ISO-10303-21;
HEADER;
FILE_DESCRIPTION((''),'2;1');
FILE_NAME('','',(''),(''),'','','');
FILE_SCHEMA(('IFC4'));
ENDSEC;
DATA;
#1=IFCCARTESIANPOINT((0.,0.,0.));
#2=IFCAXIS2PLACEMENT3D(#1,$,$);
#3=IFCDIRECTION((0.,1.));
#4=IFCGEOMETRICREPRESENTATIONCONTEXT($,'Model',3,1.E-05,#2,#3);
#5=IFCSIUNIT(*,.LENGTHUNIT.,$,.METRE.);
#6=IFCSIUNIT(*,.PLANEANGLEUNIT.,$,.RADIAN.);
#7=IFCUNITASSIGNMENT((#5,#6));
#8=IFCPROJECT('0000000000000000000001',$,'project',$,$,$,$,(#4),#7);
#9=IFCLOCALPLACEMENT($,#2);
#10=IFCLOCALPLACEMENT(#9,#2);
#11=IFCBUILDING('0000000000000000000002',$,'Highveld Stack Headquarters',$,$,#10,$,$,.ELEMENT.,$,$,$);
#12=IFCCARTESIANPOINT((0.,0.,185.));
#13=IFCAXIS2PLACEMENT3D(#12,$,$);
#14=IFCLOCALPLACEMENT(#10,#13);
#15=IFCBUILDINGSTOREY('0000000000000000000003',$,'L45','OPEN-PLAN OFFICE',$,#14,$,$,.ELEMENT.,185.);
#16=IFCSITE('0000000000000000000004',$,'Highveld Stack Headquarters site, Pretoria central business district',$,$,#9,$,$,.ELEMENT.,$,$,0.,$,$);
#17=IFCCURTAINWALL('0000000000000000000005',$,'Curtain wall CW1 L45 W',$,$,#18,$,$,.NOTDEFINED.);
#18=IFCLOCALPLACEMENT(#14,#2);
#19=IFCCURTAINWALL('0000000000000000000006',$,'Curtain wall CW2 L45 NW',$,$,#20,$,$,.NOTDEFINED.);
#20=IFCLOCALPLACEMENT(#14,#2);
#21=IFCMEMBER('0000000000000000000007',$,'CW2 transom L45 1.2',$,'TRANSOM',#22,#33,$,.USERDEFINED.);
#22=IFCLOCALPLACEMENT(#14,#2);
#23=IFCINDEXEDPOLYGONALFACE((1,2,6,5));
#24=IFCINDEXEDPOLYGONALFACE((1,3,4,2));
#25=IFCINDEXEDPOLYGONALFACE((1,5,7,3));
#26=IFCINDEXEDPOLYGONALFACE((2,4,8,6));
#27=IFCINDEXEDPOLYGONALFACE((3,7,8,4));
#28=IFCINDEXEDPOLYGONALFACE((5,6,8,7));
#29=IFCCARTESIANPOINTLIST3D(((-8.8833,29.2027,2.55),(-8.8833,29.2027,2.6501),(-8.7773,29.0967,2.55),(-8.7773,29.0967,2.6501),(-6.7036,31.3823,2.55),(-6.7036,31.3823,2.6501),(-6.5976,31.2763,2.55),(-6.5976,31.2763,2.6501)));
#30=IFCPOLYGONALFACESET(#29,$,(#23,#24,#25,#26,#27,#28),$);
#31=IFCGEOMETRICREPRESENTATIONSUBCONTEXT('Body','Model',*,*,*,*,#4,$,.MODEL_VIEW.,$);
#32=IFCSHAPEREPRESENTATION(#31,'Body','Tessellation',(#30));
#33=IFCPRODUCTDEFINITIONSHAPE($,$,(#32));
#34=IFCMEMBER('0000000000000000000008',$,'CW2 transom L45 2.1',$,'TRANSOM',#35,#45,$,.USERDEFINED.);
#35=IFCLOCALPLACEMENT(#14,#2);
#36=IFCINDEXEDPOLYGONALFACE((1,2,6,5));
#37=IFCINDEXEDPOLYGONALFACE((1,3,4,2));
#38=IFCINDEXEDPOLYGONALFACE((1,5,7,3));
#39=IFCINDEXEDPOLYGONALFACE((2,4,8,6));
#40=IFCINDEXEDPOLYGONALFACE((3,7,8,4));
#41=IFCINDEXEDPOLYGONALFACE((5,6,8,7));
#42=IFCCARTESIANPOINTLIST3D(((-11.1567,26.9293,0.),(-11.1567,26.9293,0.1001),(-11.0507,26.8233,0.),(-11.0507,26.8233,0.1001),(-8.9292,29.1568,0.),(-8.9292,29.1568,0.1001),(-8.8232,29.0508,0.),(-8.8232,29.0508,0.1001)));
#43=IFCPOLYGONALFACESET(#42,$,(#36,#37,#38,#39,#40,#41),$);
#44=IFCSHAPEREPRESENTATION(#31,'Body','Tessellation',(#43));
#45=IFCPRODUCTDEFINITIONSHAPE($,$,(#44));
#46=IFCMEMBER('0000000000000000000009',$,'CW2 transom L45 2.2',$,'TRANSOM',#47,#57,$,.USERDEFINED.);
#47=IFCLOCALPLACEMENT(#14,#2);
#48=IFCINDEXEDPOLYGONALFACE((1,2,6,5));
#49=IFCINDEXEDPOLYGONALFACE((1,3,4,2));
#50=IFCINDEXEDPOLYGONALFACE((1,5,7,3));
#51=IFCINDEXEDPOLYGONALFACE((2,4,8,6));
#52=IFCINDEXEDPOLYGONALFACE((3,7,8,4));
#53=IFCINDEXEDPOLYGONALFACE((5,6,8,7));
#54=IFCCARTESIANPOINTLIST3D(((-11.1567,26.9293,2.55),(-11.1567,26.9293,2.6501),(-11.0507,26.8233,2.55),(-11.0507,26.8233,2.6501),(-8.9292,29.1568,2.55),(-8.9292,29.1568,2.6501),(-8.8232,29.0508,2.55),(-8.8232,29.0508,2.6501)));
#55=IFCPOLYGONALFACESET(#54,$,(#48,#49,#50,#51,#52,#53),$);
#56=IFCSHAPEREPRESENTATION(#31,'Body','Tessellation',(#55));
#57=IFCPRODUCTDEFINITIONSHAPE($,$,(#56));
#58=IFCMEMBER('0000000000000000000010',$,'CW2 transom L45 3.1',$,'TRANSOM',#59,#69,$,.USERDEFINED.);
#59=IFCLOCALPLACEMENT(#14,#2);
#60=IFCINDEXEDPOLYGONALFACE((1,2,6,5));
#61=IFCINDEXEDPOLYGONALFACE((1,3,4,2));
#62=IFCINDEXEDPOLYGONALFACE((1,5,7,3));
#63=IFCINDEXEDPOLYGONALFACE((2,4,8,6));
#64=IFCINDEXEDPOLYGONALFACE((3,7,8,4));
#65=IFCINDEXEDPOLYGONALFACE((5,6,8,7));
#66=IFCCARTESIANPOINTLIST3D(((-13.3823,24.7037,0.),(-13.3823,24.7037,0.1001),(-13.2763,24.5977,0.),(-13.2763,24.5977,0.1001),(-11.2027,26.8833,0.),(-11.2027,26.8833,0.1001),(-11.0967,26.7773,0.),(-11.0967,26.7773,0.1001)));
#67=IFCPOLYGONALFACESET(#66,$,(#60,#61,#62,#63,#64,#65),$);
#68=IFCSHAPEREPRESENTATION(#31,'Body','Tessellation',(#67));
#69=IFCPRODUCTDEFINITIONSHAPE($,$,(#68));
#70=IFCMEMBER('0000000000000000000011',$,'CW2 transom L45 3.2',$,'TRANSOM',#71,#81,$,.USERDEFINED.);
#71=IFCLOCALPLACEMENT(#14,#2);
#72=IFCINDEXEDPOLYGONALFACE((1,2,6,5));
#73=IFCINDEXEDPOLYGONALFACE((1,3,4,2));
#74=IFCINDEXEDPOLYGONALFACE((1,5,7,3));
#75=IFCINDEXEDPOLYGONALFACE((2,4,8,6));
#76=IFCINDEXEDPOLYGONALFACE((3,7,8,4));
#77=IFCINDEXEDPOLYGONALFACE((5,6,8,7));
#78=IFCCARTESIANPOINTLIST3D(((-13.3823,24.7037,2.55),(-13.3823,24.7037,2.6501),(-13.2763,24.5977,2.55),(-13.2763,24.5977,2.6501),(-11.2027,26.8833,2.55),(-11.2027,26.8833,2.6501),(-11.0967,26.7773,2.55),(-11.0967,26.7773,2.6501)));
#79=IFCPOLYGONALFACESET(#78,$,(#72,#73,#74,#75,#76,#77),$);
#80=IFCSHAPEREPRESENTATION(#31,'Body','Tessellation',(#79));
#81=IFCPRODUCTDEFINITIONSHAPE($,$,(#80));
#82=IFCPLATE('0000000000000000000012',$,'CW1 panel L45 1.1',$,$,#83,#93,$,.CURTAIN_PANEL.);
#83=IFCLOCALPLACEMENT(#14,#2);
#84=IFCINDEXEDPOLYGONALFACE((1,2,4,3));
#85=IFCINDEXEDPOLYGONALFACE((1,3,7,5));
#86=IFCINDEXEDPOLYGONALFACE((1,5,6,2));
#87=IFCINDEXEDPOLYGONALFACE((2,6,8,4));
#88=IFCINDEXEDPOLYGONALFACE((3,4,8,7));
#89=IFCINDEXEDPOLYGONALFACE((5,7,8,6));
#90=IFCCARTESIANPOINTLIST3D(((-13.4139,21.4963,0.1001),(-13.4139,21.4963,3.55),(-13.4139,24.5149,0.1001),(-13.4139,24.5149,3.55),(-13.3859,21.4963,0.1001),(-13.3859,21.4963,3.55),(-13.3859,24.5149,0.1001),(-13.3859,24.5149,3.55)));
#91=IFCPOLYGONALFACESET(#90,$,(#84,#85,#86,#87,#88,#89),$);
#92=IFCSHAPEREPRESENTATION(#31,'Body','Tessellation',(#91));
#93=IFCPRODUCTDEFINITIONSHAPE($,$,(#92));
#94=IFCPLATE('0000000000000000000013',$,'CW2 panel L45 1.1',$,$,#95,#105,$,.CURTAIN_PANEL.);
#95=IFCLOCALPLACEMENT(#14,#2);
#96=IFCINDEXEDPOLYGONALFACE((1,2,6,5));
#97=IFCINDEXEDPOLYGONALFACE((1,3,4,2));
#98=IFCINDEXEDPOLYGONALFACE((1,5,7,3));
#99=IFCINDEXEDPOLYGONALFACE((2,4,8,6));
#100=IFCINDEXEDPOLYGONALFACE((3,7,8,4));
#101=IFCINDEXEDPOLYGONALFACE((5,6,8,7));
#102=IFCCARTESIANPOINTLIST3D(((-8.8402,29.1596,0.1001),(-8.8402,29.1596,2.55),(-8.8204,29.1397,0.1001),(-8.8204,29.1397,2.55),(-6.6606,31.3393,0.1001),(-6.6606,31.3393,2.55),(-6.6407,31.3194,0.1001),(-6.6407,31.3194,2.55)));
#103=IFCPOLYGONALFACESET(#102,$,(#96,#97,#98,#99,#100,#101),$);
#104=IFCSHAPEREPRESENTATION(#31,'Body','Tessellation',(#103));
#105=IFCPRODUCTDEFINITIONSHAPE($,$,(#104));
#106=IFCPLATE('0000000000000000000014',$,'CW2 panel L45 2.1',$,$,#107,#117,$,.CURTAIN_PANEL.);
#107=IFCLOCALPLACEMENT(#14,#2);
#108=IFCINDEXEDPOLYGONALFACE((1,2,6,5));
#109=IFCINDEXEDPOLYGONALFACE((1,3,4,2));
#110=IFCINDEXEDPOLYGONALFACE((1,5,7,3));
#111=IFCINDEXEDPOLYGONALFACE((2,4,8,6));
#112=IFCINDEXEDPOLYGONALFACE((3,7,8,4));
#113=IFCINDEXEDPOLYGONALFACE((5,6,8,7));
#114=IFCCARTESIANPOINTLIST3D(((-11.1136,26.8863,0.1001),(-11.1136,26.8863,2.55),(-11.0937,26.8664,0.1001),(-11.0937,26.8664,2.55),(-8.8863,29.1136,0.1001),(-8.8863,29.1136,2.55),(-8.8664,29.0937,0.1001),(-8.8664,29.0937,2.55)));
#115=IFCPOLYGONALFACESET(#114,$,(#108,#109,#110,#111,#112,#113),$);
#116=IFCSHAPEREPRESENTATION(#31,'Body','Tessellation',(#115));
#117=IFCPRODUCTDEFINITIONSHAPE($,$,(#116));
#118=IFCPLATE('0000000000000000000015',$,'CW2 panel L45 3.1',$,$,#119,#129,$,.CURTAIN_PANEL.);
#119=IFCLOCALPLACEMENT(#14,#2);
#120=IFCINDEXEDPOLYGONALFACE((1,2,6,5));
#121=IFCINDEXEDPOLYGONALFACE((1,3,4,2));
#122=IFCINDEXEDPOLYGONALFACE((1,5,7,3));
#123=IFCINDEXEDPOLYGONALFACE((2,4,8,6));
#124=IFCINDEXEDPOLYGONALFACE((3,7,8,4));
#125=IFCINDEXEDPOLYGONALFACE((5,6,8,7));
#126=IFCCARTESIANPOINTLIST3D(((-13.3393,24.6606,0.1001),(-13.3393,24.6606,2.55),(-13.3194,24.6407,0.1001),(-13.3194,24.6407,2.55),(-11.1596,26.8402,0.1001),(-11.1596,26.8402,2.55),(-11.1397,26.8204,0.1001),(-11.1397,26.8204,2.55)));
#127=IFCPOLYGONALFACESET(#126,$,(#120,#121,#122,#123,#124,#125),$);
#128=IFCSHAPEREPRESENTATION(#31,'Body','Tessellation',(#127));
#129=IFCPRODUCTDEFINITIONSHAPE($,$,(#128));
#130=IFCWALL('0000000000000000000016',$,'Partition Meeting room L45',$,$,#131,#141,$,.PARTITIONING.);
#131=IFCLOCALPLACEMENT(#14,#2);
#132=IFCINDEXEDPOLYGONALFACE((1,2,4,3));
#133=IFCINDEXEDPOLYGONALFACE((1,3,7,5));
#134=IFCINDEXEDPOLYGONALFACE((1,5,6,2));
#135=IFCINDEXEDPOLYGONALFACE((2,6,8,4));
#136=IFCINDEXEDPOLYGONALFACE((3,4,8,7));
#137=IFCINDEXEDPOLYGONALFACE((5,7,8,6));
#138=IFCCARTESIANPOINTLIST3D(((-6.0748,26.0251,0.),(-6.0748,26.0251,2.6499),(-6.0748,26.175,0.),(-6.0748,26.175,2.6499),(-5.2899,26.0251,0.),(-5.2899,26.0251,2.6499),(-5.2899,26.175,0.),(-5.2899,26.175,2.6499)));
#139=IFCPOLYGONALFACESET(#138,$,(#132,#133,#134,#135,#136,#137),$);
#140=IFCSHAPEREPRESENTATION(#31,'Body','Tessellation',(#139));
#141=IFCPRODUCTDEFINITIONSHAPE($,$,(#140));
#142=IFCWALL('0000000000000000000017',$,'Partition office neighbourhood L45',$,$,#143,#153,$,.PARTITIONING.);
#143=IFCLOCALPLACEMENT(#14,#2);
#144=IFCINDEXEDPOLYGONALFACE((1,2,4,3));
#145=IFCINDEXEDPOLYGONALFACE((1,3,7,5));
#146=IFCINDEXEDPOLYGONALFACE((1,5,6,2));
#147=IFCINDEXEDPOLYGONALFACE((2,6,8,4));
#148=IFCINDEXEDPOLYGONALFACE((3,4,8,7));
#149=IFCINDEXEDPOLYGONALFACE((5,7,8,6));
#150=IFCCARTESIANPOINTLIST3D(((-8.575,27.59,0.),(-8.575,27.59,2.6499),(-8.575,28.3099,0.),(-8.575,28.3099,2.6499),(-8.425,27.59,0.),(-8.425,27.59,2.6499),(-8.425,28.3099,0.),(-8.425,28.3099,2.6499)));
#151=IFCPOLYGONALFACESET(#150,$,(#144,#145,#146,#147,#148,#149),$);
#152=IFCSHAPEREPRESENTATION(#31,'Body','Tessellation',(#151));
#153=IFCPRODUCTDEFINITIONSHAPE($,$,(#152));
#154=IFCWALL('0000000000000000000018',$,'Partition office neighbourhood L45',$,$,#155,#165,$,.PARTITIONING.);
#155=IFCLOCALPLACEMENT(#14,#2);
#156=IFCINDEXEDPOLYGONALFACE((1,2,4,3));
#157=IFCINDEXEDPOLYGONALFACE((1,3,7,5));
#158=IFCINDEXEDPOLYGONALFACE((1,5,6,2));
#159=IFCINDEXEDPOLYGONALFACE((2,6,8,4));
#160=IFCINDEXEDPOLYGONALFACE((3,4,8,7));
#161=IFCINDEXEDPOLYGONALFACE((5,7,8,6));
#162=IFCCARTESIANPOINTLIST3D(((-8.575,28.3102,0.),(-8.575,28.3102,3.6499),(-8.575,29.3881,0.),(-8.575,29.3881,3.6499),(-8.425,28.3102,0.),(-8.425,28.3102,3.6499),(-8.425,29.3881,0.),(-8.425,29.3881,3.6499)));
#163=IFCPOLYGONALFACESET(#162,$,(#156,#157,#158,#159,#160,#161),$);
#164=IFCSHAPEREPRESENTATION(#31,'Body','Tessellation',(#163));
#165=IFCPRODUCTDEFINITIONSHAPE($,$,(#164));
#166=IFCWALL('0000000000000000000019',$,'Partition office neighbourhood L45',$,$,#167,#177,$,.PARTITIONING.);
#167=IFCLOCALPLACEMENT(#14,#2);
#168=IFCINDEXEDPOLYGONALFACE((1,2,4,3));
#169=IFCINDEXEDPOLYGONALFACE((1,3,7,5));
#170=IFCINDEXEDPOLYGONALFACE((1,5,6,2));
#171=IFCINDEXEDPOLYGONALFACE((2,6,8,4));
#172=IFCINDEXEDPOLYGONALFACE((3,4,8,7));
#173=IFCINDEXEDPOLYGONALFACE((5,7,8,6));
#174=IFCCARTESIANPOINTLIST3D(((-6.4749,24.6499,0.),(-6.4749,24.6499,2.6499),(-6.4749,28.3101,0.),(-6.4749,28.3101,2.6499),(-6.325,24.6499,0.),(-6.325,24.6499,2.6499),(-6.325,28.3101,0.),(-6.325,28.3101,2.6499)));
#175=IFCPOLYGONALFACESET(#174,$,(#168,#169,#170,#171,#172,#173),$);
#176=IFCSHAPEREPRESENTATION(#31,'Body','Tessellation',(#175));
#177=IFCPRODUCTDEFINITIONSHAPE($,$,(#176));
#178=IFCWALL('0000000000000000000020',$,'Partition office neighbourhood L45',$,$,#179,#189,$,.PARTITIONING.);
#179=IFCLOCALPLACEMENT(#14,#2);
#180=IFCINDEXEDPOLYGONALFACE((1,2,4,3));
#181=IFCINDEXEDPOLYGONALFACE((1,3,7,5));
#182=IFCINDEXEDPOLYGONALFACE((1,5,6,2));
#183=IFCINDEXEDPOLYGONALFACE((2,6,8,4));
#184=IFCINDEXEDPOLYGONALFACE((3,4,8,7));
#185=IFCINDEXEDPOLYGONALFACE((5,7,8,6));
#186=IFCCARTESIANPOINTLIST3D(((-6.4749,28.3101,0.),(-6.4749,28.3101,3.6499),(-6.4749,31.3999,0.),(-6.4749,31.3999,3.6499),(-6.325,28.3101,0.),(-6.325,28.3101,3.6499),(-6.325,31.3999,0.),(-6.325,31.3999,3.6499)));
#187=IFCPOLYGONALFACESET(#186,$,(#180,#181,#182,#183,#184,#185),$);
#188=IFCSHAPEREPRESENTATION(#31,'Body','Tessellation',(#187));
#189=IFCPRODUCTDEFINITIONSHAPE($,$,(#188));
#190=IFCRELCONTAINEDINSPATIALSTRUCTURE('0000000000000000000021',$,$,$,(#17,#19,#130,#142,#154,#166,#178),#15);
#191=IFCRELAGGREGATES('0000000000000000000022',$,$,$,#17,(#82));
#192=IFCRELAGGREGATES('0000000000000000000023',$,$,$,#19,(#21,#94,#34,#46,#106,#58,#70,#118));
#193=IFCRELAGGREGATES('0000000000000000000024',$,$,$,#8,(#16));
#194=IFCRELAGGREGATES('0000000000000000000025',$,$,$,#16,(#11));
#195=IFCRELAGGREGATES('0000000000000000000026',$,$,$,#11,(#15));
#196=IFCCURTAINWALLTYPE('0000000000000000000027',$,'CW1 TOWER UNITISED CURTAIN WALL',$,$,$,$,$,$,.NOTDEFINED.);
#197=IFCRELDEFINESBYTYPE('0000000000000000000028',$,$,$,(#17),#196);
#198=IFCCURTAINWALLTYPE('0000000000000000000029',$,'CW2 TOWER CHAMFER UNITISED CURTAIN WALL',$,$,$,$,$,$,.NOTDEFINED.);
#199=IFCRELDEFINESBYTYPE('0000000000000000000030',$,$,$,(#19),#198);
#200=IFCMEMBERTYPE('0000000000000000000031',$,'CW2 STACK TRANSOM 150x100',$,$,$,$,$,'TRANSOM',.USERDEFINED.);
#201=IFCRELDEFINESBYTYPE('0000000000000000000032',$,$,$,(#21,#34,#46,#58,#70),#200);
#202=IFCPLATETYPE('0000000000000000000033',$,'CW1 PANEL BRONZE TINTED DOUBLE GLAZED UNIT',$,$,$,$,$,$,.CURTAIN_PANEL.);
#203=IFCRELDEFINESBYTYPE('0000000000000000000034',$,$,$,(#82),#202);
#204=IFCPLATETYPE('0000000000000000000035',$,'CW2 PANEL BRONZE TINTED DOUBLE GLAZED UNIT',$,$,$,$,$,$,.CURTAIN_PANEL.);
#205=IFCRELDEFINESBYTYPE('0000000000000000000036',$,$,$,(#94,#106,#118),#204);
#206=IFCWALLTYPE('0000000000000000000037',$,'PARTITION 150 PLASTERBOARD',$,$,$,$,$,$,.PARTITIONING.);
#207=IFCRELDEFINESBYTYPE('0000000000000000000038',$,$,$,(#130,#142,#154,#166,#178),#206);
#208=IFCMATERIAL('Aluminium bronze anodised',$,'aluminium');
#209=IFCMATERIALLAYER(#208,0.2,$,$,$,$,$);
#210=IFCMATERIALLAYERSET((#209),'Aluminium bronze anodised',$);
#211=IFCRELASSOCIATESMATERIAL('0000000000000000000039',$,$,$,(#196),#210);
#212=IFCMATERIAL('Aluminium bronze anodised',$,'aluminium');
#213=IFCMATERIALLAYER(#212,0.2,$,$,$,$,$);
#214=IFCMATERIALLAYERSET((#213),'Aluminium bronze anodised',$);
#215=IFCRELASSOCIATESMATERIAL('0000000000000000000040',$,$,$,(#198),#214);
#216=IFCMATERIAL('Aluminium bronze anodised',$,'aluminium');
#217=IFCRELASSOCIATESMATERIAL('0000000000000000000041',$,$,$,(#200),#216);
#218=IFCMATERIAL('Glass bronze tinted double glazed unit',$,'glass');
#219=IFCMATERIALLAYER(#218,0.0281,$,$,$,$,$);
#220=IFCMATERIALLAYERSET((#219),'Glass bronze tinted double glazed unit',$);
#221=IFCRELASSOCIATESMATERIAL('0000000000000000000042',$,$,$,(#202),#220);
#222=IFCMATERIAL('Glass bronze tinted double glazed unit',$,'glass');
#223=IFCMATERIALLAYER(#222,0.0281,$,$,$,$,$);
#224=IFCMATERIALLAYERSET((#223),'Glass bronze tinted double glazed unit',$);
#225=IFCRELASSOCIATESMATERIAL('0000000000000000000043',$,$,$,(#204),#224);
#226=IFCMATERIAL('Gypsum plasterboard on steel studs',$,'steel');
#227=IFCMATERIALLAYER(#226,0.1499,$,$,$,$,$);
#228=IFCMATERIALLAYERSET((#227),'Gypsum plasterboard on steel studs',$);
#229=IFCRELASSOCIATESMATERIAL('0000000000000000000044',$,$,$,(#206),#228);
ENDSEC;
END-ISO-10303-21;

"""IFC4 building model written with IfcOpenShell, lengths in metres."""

from ifc_helpers import new_model, si_unit, direction, frame, frame_2d, origin, origin_2d, place, context, subcontext, project, spatial, rectangle, extrude, material, layer, layer_set, material_profile, profile_set, type_object, element, aggregate, save


model = new_model("IFC4")

# Units and contexts
model_context = context("Model", 3, precision=1e-05, world=origin(), true_north=direction((0.0, 1.0)))
body_context = subcontext(model_context, "Body", "Model", "MODEL_VIEW")
ifc_project = project(units=[si_unit("LENGTHUNIT", "METRE"), si_unit("PLANEANGLEUNIT", "RADIAN")], contexts=[model_context])

# Site, building, storey
site_placement = place(None, origin())
site = spatial("IfcSite", under=ifc_project, at=site_placement, Name="Highveld Stack Headquarters site, Pretoria central business district", CompositionType="ELEMENT", RefElevation=0.0)
building_placement = place(site_placement, origin())
building = spatial("IfcBuilding", under=site, at=building_placement, Name="Highveld Stack Headquarters", CompositionType="ELEMENT")
storey_placement = place(building_placement, frame((0.0, 0.0, 185.0)))
storey = spatial("IfcBuildingStorey", under=building, at=storey_placement, Name="L45", Description="OPEN-PLAN OFFICE", CompositionType="ELEMENT", Elevation=185.0)

# Curtain wall
ifc_material_1 = material(Name="Aluminium bronze anodised", Category="aluminium")
ifc_layer_1 = layer(ifc_material_1, 0.2)
ifc_layer_set_1 = layer_set([ifc_layer_1], Name="Aluminium bronze anodised")
curtain_wall_type_1 = type_object("IfcCurtainWallType", Name="CW1 TOWER UNITISED CURTAIN WALL", PredefinedType="NOTDEFINED", material=ifc_layer_set_1)
curtain_wall_1_placement = place(storey_placement, origin())
curtain_wall_1 = element("IfcCurtainWall", 1, at=curtain_wall_1_placement, inside=storey, type_object=curtain_wall_type_1, Name="Curtain wall CW1 L45 W", PredefinedType="NOTDEFINED")

# Curtain wall, members
ifc_material_2 = material(Name="Aluminium bronze anodised", Category="aluminium")
ifc_layer_2 = layer(ifc_material_2, 0.2)
ifc_layer_set_2 = layer_set([ifc_layer_2], Name="Aluminium bronze anodised")
curtain_wall_type_2 = type_object("IfcCurtainWallType", Name="CW2 TOWER CHAMFER UNITISED CURTAIN WALL", PredefinedType="NOTDEFINED", material=ifc_layer_set_2)
curtain_wall_2_placement = place(storey_placement, origin())
curtain_wall_2 = element("IfcCurtainWall", 2, at=curtain_wall_2_placement, inside=storey, type_object=curtain_wall_type_2, Name="Curtain wall CW2 L45 NW", PredefinedType="NOTDEFINED")
ifc_material_3 = material(Name="Aluminium bronze anodised", Category="aluminium")
ifc_material_profile_1 = material_profile(ifc_material_3, rectangle(XDim=0.1499, YDim=0.1001, at=origin_2d()), Name="CW2 TRANSOM 150x100")
ifc_profile_set_1 = profile_set([ifc_material_profile_1], Name="Aluminium bronze anodised")
member_type_1 = type_object("IfcMemberType", Name="CW2 STACK TRANSOM 150x100", ElementType="TRANSOM", PredefinedType="USERDEFINED", material=ifc_profile_set_1)
member_1_placement = place(storey_placement, frame((-6.6506, 31.3293, 2.6001), z_axis=(-0.707107, -0.707107, 0.0), x_axis=(0.707107, -0.707107, 0.0)))
member_1 = element("IfcMember", 3, at=member_1_placement, type_object=member_type_1, Name="CW2 transom L45 1.2", ObjectType="TRANSOM", PredefinedType="USERDEFINED", context=body_context, shape_type="SweptSolid", body=[
    extrude(rectangle(XDim=0.1499, YDim=0.1001, at=origin_2d()), origin(), (0.0, 0.0, 1.0), 3.0825),
])
member_2_placement = place(storey_placement, frame((-8.8762, 29.1038, 0.05), z_axis=(-0.707107, -0.707107, 0.0), x_axis=(0.707107, -0.707107, 0.0)))
member_2 = element("IfcMember", 4, at=member_2_placement, type_object=member_type_1, Name="CW2 transom L45 2.1", ObjectType="TRANSOM", PredefinedType="USERDEFINED", context=body_context, shape_type="SweptSolid", body=[
    extrude(rectangle(XDim=0.1499, YDim=0.1001, at=origin_2d()), origin(), (0.0, 0.0, 1.0), 3.1501),
])
member_3_placement = place(storey_placement, frame((-8.8762, 29.1038, 2.6001), z_axis=(-0.707107, -0.707107, 0.0), x_axis=(0.707107, -0.707107, 0.0)))
member_3 = element("IfcMember", 5, at=member_3_placement, type_object=member_type_1, Name="CW2 transom L45 2.2", ObjectType="TRANSOM", PredefinedType="USERDEFINED", context=body_context, shape_type="SweptSolid", body=[
    extrude(rectangle(XDim=0.1499, YDim=0.1001, at=origin_2d()), origin(), (0.0, 0.0, 1.0), 3.1501),
])
member_4_placement = place(storey_placement, frame((-11.1497, 26.8303, 0.05), z_axis=(-0.707107, -0.707107, 0.0), x_axis=(0.707107, -0.707107, 0.0)))
member_4 = element("IfcMember", 6, at=member_4_placement, type_object=member_type_1, Name="CW2 transom L45 3.1", ObjectType="TRANSOM", PredefinedType="USERDEFINED", context=body_context, shape_type="SweptSolid", body=[
    extrude(rectangle(XDim=0.1499, YDim=0.1001, at=origin_2d()), origin(), (0.0, 0.0, 1.0), 3.0825),
])
member_5_placement = place(storey_placement, frame((-11.1497, 26.8303, 2.6001), z_axis=(-0.707107, -0.707107, 0.0), x_axis=(0.707107, -0.707107, 0.0)))
member_5 = element("IfcMember", 7, at=member_5_placement, type_object=member_type_1, Name="CW2 transom L45 3.2", ObjectType="TRANSOM", PredefinedType="USERDEFINED", context=body_context, shape_type="SweptSolid", body=[
    extrude(rectangle(XDim=0.1499, YDim=0.1001, at=origin_2d()), origin(), (0.0, 0.0, 1.0), 3.0825),
])

# Plates
ifc_material_4 = material(Name="Glass bronze tinted double glazed unit", Category="glass")
ifc_layer_3 = layer(ifc_material_4, 0.0281)
ifc_layer_set_3 = layer_set([ifc_layer_3], Name="Glass bronze tinted double glazed unit")
plate_type_1 = type_object("IfcPlateType", Name="CW1 PANEL BRONZE TINTED DOUBLE GLAZED UNIT", PredefinedType="CURTAIN_PANEL", material=ifc_layer_set_3)
plate_1_placement = place(storey_placement, frame((-13.3999, 23.0056, 0.1001), z_axis=(0.0, 0.0, 1.0), x_axis=(0.0, -1.0, 0.0)))
plate_1 = element("IfcPlate", 8, at=plate_1_placement, type_object=plate_type_1, Name="CW1 panel L45 1.1", PredefinedType="CURTAIN_PANEL", context=body_context, shape_type="SweptSolid", body=[
    extrude(rectangle(XDim=3.0186, YDim=0.0281, at=origin_2d()), origin(), (0.0, 0.0, 1.0), 3.45),
])
aggregate(curtain_wall_1, [plate_1])
ifc_material_5 = material(Name="Glass bronze tinted double glazed unit", Category="glass")
ifc_layer_4 = layer(ifc_material_5, 0.0281)
ifc_layer_set_4 = layer_set([ifc_layer_4], Name="Glass bronze tinted double glazed unit")
plate_type_2 = type_object("IfcPlateType", Name="CW2 PANEL BRONZE TINTED DOUBLE GLAZED UNIT", PredefinedType="CURTAIN_PANEL", material=ifc_layer_set_4)
plate_2_placement = place(storey_placement, frame((-7.7405, 30.2395, 0.1001), z_axis=(0.0, 0.0, 1.0), x_axis=(-0.707107, -0.707107, 0.0)))
plate_2 = element("IfcPlate", 9, at=plate_2_placement, type_object=plate_type_2, Name="CW2 panel L45 1.1", PredefinedType="CURTAIN_PANEL", context=body_context, shape_type="SweptSolid", body=[
    extrude(rectangle(XDim=3.0825, YDim=0.0281, at=origin_2d()), origin(), (0.0, 0.0, 1.0), 2.45),
])
plate_3_placement = place(storey_placement, frame((-9.99, 27.99, 0.1001), z_axis=(0.0, 0.0, 1.0), x_axis=(-0.707107, -0.707107, 0.0)))
plate_3 = element("IfcPlate", 10, at=plate_3_placement, type_object=plate_type_2, Name="CW2 panel L45 2.1", PredefinedType="CURTAIN_PANEL", context=body_context, shape_type="SweptSolid", body=[
    extrude(rectangle(XDim=3.1499, YDim=0.0281, at=origin_2d()), origin(), (0.0, 0.0, 1.0), 2.45),
])
plate_4_placement = place(storey_placement, frame((-12.2395, 25.7405, 0.1001), z_axis=(0.0, 0.0, 1.0), x_axis=(-0.707107, -0.707107, 0.0)))
plate_4 = element("IfcPlate", 11, at=plate_4_placement, type_object=plate_type_2, Name="CW2 panel L45 3.1", PredefinedType="CURTAIN_PANEL", context=body_context, shape_type="SweptSolid", body=[
    extrude(rectangle(XDim=3.0825, YDim=0.0281, at=origin_2d()), origin(), (0.0, 0.0, 1.0), 2.45),
])
aggregate(curtain_wall_2, [member_1, plate_2, member_2, member_3, plate_3, member_4, member_5, plate_4])

# Walls
ifc_material_6 = material(Name="Gypsum plasterboard on steel studs", Category="steel")
ifc_layer_5 = layer(ifc_material_6, 0.1499)
ifc_layer_set_5 = layer_set([ifc_layer_5], Name="Gypsum plasterboard on steel studs")
wall_type = type_object("IfcWallType", Name="PARTITION 150 PLASTERBOARD", PredefinedType="PARTITIONING", material=ifc_layer_set_5)
wall_1_placement = place(storey_placement, frame((-6.075, 26.1001, 0.0), z_axis=(0.0, 0.0, 1.0), x_axis=(1.0, 0.0, 0.0)))
element("IfcWall", 12, at=wall_1_placement, inside=storey, type_object=wall_type, Name="Partition Meeting room L45", PredefinedType="PARTITIONING", context=body_context, shape_type="SweptSolid", body=[
    extrude(rectangle(XDim=0.7849, YDim=0.1499, at=frame_2d((0.3926, 0.0))), origin(), (0.0, 0.0, 1.0), 2.6499),
])
wall_2_placement = place(storey_placement, frame((-8.5, 27.5901, 0.0), z_axis=(0.0, 0.0, 1.0), x_axis=(0.0, 1.0, 0.0)))
element("IfcWall", 13, at=wall_2_placement, inside=storey, type_object=wall_type, Name="Partition office neighbourhood L45", PredefinedType="PARTITIONING", context=body_context, shape_type="SweptSolid", body=[
    extrude(rectangle(XDim=0.72, YDim=0.1499, at=frame_2d((0.3599, 0.0))), origin(), (0.0, 0.0, 1.0), 2.6499),
])
wall_3_placement = place(storey_placement, frame((-8.5, 28.3101, 0.0), z_axis=(0.0, 0.0, 1.0), x_axis=(0.0, 1.0, 0.0)))
element("IfcWall", 14, at=wall_3_placement, inside=storey, type_object=wall_type, Name="Partition office neighbourhood L45", PredefinedType="PARTITIONING", context=body_context, shape_type="SweptSolid", body=[
    extrude(rectangle(XDim=1.0779, YDim=0.1499, at=frame_2d((0.5391, 0.0))), origin(), (0.0, 0.0, 1.0), 3.6499),
])
wall_4_placement = place(storey_placement, frame((-6.3999, 24.6499, 0.0), z_axis=(0.0, 0.0, 1.0), x_axis=(0.0, 1.0, 0.0)))
element("IfcWall", 15, at=wall_4_placement, inside=storey, type_object=wall_type, Name="Partition office neighbourhood L45", PredefinedType="PARTITIONING", context=body_context, shape_type="SweptSolid", body=[
    extrude(rectangle(XDim=3.6602, YDim=0.1499, at=frame_2d((1.8301, 0.0))), origin(), (0.0, 0.0, 1.0), 2.6499),
])
wall_5_placement = place(storey_placement, frame((-6.3999, 28.3101, 0.0), z_axis=(0.0, 0.0, 1.0), x_axis=(0.0, 1.0, 0.0)))
element("IfcWall", 16, at=wall_5_placement, inside=storey, type_object=wall_type, Name="Partition office neighbourhood L45", PredefinedType="PARTITIONING", context=body_context, shape_type="SweptSolid", body=[
    extrude(rectangle(XDim=3.0898, YDim=0.1499, at=frame_2d((1.5449, 0.0))), origin(), (0.0, 0.0, 1.0), 3.6499),
])

save(model, "model.ifc")
